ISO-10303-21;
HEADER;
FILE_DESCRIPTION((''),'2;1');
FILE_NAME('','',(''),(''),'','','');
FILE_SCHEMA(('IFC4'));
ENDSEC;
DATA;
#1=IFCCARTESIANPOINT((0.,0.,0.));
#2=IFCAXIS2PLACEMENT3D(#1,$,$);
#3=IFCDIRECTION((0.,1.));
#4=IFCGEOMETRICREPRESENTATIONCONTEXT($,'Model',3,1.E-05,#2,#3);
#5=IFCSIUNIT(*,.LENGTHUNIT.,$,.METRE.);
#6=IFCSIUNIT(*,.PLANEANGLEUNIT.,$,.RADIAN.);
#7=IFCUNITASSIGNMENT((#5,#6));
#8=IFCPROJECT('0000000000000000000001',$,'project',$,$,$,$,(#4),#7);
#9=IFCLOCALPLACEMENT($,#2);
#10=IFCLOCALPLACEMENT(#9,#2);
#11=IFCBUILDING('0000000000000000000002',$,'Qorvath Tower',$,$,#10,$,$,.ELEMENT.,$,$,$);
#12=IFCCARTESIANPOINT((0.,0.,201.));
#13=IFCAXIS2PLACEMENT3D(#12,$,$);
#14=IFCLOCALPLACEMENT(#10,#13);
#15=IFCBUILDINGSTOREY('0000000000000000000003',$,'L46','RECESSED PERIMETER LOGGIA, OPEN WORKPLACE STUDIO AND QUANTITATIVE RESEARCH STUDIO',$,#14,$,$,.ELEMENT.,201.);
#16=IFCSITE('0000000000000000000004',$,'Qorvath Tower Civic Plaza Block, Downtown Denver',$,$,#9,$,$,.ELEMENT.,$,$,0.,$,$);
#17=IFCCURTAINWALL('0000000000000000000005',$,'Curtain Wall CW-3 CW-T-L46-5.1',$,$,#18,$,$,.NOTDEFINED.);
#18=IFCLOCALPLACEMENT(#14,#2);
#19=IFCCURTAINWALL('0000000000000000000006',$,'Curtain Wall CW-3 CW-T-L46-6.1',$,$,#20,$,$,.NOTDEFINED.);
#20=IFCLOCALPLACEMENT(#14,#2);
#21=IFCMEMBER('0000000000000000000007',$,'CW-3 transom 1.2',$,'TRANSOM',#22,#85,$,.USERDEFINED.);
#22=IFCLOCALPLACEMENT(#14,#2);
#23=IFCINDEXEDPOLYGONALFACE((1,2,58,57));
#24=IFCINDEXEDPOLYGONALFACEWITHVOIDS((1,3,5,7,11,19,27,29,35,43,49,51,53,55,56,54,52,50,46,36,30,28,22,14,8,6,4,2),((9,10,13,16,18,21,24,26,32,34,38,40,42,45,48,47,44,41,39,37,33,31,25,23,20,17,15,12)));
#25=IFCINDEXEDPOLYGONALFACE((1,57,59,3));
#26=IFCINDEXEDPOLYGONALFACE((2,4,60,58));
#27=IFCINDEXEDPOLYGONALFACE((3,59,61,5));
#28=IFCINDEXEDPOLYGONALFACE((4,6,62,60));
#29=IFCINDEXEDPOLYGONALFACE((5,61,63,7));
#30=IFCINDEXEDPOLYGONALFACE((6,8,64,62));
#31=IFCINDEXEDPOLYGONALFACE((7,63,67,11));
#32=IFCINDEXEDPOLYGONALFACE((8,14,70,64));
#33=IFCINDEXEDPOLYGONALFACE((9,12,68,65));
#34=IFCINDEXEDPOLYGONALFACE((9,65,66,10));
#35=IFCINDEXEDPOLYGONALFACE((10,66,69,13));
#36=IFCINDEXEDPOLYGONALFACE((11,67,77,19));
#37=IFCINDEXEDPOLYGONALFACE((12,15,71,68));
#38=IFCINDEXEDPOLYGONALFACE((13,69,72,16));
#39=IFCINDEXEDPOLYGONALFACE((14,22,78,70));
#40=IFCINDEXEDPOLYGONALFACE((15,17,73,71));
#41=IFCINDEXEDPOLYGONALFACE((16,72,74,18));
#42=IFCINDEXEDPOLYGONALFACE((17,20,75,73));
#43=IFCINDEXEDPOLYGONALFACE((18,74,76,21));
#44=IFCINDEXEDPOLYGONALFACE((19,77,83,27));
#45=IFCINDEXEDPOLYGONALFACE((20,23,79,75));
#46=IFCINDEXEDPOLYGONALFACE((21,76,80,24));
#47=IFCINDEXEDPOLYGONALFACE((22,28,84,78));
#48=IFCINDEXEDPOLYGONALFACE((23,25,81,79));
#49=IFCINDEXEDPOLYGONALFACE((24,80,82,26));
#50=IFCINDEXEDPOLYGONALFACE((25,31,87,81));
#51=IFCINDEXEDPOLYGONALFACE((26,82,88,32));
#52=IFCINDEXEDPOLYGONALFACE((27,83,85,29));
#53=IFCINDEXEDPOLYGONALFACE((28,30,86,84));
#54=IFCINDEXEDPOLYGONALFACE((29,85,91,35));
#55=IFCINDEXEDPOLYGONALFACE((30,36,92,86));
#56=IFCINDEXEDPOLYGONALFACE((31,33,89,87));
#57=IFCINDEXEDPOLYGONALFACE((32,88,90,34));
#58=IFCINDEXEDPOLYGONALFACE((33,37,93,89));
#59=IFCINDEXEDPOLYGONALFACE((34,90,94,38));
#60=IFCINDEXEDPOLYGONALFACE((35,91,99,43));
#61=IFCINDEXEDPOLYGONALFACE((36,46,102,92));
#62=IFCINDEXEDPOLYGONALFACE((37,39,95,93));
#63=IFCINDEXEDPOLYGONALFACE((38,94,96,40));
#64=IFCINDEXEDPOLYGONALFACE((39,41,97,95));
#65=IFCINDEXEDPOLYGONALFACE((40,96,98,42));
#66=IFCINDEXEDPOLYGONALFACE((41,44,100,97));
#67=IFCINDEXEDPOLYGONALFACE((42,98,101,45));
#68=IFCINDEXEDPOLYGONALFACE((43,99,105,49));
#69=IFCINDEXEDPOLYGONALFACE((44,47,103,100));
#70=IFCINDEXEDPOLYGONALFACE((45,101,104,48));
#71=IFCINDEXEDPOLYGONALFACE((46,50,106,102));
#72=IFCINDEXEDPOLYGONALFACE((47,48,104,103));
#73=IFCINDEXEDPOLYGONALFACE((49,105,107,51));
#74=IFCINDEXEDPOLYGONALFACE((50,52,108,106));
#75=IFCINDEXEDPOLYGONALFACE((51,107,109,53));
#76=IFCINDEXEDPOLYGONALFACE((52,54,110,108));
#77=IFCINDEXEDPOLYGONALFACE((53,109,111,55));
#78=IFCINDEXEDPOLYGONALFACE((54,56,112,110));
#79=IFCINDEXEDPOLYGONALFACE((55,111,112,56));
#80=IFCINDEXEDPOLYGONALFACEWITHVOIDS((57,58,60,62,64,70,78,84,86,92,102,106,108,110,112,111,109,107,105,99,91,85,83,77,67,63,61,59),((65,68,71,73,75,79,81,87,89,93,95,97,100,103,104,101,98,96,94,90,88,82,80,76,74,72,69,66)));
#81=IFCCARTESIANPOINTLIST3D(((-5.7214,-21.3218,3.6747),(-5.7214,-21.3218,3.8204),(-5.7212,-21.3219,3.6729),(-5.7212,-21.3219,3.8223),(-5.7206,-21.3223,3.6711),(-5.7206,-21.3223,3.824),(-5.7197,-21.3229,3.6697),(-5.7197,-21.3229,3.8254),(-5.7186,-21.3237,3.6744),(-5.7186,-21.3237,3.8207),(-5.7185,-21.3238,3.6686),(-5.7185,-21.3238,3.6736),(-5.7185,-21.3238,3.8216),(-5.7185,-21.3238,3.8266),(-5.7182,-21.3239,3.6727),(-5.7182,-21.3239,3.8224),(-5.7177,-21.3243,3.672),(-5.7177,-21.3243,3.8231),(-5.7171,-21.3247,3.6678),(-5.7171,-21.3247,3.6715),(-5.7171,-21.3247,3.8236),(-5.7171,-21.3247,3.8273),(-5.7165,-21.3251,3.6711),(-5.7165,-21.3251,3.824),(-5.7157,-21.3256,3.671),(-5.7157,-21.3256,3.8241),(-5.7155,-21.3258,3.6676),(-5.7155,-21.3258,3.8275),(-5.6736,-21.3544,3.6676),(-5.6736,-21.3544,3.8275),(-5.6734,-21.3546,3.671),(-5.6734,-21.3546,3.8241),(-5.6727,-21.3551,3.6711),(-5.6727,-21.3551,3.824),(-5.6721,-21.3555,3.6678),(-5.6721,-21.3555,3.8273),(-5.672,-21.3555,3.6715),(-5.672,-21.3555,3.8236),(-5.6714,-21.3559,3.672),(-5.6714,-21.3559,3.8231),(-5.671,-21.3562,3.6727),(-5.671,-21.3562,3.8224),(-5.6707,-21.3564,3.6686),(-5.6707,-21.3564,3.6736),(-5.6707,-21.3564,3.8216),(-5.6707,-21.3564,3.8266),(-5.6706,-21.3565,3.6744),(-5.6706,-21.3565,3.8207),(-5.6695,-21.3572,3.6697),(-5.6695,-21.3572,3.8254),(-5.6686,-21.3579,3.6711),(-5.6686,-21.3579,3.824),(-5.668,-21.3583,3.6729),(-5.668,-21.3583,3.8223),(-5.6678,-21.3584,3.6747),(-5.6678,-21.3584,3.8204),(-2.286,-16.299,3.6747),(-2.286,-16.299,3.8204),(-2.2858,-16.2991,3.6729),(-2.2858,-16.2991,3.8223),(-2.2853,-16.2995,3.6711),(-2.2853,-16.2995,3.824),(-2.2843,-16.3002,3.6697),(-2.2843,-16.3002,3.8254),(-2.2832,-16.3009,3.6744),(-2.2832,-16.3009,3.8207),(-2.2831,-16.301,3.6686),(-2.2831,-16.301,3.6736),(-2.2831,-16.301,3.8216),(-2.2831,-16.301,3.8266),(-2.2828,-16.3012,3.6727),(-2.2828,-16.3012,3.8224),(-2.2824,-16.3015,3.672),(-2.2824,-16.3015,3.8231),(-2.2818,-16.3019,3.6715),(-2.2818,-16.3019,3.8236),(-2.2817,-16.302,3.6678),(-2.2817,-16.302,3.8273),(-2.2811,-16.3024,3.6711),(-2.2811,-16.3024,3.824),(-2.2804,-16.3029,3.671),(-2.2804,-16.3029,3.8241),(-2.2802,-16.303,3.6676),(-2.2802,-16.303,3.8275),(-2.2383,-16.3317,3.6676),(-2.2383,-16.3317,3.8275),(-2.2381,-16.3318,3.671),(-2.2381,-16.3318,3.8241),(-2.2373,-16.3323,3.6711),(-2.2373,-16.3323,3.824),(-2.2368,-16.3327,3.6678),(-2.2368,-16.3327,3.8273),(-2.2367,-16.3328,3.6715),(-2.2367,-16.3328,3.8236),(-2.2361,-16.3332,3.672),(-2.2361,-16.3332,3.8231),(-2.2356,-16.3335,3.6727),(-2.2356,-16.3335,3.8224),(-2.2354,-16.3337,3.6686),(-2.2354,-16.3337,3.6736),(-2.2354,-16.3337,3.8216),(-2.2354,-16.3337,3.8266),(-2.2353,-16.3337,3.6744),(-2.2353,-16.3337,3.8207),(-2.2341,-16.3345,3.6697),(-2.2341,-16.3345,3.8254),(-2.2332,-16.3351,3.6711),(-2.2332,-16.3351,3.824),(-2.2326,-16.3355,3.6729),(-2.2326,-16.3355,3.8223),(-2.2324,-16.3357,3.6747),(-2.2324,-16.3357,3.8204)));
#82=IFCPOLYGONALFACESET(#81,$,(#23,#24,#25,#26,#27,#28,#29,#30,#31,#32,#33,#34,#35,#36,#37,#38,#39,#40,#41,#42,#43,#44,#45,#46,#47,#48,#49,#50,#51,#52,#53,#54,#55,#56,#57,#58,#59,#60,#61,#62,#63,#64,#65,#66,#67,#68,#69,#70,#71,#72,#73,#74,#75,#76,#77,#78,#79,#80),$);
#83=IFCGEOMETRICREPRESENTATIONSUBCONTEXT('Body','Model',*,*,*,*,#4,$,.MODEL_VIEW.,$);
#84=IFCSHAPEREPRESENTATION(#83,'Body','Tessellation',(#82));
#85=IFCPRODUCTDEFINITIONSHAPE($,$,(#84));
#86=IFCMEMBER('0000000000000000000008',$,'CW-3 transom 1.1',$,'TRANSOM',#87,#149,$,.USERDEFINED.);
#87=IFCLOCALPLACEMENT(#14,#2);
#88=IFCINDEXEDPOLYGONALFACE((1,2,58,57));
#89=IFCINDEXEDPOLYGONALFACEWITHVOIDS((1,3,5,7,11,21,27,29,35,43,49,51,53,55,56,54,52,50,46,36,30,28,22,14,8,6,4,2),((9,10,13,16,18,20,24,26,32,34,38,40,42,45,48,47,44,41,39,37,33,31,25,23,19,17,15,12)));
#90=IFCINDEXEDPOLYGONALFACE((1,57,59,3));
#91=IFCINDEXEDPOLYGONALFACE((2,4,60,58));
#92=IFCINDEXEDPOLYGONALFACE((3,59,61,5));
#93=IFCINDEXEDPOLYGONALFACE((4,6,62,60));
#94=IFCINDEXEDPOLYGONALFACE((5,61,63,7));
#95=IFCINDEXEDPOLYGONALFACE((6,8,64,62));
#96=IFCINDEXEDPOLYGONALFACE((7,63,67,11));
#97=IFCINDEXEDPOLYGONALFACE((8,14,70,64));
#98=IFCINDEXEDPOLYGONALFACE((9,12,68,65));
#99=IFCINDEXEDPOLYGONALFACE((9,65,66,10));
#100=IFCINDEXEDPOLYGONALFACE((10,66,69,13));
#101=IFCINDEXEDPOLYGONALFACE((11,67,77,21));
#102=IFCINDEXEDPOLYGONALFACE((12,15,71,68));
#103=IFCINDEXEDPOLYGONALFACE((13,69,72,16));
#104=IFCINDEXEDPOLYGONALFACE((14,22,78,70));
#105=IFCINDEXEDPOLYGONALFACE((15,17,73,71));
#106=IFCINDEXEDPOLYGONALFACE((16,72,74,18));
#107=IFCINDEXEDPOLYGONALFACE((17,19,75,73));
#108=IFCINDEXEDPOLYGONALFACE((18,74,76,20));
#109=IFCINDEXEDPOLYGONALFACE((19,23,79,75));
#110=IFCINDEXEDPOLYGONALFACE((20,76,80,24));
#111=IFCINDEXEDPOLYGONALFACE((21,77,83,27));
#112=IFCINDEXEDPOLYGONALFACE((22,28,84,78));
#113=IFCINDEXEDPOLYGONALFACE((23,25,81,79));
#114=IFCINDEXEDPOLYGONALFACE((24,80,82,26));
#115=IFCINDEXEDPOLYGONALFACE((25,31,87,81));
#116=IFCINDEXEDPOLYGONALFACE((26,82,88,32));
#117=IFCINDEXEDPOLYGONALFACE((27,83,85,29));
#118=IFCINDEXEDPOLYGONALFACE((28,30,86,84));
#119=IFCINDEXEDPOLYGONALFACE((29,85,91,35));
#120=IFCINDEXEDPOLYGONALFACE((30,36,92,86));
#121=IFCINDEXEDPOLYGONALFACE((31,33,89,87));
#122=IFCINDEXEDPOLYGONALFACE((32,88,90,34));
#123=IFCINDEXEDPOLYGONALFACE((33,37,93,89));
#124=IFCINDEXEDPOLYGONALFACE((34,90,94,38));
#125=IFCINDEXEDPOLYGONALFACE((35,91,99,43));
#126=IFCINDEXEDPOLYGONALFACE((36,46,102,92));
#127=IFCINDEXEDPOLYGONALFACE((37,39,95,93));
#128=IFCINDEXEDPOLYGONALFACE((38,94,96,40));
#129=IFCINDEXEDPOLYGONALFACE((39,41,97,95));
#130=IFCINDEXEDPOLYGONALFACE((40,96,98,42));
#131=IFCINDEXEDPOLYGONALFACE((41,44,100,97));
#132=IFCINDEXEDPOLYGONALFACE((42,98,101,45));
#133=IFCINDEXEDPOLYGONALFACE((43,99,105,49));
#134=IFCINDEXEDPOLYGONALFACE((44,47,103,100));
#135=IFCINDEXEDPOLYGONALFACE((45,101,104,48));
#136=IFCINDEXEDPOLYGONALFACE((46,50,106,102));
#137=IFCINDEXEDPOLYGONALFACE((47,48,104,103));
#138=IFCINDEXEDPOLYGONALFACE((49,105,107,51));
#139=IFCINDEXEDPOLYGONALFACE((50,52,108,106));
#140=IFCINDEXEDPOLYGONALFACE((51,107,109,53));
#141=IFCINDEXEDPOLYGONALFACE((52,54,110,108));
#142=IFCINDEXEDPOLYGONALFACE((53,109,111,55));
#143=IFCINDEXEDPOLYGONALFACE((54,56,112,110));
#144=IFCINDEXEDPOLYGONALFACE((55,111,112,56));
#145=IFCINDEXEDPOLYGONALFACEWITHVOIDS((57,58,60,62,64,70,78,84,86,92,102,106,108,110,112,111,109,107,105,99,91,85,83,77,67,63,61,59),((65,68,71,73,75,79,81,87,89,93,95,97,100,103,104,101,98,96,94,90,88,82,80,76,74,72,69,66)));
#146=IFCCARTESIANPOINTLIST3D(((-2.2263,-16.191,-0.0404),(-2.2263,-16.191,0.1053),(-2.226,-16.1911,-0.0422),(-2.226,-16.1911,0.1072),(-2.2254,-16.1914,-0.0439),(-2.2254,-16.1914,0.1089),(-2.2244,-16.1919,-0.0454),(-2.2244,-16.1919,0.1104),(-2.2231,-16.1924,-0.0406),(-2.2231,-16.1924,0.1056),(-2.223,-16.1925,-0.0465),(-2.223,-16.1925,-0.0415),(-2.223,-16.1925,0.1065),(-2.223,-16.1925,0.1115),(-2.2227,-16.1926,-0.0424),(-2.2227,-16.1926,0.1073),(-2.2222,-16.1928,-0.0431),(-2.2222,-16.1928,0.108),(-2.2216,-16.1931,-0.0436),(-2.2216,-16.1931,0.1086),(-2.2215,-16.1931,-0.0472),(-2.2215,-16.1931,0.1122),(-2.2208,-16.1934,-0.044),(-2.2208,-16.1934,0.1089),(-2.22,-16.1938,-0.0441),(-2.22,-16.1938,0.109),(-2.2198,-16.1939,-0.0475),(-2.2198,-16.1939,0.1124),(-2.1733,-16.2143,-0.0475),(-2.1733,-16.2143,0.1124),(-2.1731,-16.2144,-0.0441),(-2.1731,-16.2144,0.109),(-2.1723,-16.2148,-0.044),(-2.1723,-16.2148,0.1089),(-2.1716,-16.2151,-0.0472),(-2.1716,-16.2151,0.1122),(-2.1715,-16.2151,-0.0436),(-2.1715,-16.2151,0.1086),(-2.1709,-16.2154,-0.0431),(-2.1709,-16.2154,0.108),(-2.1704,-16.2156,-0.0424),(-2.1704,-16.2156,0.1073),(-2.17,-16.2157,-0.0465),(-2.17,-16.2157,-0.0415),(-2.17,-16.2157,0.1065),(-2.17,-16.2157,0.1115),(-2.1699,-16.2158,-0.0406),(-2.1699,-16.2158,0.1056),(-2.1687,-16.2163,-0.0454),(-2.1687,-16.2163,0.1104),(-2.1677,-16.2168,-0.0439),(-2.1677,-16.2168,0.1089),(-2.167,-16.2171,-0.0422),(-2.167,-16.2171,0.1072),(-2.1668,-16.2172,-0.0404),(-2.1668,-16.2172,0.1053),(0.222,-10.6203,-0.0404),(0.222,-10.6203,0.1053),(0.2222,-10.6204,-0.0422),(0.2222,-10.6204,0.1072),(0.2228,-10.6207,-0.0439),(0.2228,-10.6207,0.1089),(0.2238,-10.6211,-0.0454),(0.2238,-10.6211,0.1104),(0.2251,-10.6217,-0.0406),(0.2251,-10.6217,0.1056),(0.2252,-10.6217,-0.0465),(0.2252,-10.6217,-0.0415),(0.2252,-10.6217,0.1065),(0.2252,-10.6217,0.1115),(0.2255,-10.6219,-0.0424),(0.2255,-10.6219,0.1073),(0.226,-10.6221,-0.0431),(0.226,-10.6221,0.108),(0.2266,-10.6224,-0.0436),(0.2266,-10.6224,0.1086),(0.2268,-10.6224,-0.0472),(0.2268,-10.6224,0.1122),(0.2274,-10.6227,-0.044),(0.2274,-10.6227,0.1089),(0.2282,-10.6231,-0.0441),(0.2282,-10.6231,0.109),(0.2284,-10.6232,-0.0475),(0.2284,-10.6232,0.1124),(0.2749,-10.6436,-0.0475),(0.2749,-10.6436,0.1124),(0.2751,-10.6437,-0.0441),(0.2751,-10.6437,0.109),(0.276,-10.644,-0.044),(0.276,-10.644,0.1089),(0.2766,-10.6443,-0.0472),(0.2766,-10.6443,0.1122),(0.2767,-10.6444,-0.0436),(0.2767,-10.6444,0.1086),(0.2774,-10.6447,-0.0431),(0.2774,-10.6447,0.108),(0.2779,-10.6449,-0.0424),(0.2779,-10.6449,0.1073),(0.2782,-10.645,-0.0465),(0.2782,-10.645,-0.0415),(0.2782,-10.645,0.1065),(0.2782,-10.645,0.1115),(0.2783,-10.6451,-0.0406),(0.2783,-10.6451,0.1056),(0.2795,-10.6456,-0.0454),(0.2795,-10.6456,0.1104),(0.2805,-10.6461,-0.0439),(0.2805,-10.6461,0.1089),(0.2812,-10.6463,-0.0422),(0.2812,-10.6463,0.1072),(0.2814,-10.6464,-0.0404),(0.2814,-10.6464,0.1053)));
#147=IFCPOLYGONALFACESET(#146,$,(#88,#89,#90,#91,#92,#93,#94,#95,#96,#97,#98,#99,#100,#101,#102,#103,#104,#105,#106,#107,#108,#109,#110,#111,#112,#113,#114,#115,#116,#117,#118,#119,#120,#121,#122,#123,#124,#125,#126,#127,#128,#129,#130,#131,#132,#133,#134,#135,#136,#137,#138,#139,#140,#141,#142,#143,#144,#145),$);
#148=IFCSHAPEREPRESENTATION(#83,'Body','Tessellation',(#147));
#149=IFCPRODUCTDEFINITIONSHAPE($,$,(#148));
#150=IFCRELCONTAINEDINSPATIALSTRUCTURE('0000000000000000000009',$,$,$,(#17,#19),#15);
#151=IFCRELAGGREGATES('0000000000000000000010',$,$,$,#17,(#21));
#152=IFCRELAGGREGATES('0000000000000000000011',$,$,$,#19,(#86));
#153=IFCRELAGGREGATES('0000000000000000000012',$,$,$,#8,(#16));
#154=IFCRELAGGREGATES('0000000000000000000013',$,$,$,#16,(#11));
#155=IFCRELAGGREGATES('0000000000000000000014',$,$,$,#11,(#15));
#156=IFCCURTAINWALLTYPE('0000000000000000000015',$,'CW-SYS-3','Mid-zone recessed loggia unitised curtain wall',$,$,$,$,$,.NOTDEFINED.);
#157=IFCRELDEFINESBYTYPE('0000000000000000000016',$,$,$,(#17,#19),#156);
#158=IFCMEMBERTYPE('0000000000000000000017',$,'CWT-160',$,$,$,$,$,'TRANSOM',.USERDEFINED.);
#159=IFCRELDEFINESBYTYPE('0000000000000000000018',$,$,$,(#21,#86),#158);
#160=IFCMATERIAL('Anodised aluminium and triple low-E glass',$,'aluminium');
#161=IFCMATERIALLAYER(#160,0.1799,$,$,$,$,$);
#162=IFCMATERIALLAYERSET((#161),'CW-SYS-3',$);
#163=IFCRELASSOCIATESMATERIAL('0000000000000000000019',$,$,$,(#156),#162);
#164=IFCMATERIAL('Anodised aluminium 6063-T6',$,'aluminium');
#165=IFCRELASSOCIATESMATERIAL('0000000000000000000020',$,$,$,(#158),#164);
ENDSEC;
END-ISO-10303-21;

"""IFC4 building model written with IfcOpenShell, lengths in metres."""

from ifc_helpers import new_model, si_unit, direction, frame, origin, origin_2d, place, context, subcontext, project, spatial, hollow_rectangle, extrude, material, layer, layer_set, material_profile, profile_set, type_object, element, aggregate, save


model = new_model("IFC4")

# Units and contexts
model_context = context("Model", 3, precision=1e-05, world=origin(), true_north=direction((0.0, 1.0)))
body_context = subcontext(model_context, "Body", "Model", "MODEL_VIEW")
ifc_project = project(units=[si_unit("LENGTHUNIT", "METRE"), si_unit("PLANEANGLEUNIT", "RADIAN")], contexts=[model_context])

# Site, building, storey
site_placement = place(None, origin())
site = spatial("IfcSite", under=ifc_project, at=site_placement, Name="Qorvath Tower Civic Plaza Block, Downtown Denver", CompositionType="ELEMENT", RefElevation=0.0)
building_placement = place(site_placement, origin())
building = spatial("IfcBuilding", under=site, at=building_placement, Name="Qorvath Tower", CompositionType="ELEMENT")
storey_placement = place(building_placement, frame((0.0, 0.0, 201.0)))
storey = spatial("IfcBuildingStorey", under=building, at=storey_placement, Name="L46", Description="RECESSED PERIMETER LOGGIA, OPEN WORKPLACE STUDIO AND QUANTITATIVE RESEARCH STUDIO", CompositionType="ELEMENT", Elevation=201.0)

# Curtain walls
ifc_material_1 = material(Name="Anodised aluminium and triple low-E glass", Category="aluminium")
ifc_layer_1 = layer(ifc_material_1, 0.1799)
ifc_layer_set_1 = layer_set([ifc_layer_1], Name="CW-SYS-3")
curtain_wall_type = type_object("IfcCurtainWallType", Name="CW-SYS-3", Description="Mid-zone recessed loggia unitised curtain wall", PredefinedType="NOTDEFINED", material=ifc_layer_set_1)
curtain_wall_1_placement = place(storey_placement, origin())
curtain_wall_1 = element("IfcCurtainWall", 1, at=curtain_wall_1_placement, inside=storey, type_object=curtain_wall_type, Name="Curtain Wall CW-3 CW-T-L46-5.1", PredefinedType="NOTDEFINED")
curtain_wall_2_placement = place(storey_placement, origin())
curtain_wall_2 = element("IfcCurtainWall", 2, at=curtain_wall_2_placement, inside=storey, type_object=curtain_wall_type, Name="Curtain Wall CW-3 CW-T-L46-6.1", PredefinedType="NOTDEFINED")

# Members
ifc_material_2 = material(Name="Anodised aluminium 6063-T6", Category="aluminium")
ifc_material_profile_1 = material_profile(ifc_material_2, hollow_rectangle(XDim=0.0649, YDim=0.1599, WallThickness=0.0034, InnerFilletRadius=0.0034, OuterFilletRadius=0.0071, at=origin_2d()), Name="CWT 160x65")
ifc_profile_set_1 = profile_set([ifc_material_profile_1], Name="Anodised aluminium 6063-T6")
member_type_1 = type_object("IfcMemberType", Name="CWT-160", ElementType="TRANSOM", PredefinedType="USERDEFINED", material=ifc_profile_set_1)
member_1_placement = place(storey_placement, frame((-5.6946, -21.3401, 3.7476), z_axis=(0.56454, 0.825406, 0.0), x_axis=(-0.825406, 0.56454, 0.0)))
member_1 = element("IfcMember", 3, at=member_1_placement, type_object=member_type_1, Name="CW-3 transom 1.2", ObjectType="TRANSOM", PredefinedType="USERDEFINED", context=body_context, shape_type="SweptSolid", body=[
    extrude(hollow_rectangle(XDim=0.0649, YDim=0.1599, WallThickness=0.0034, InnerFilletRadius=0.0034, OuterFilletRadius=0.0071, at=origin_2d()), origin(), (0.0, 0.0, 1.0), 6.0852),
])
member_2_placement = place(storey_placement, frame((-2.1965, -16.2041, 0.0325), z_axis=(0.402338, 0.915491, 0.0), x_axis=(-0.915491, 0.402338, 0.0)))
member_2 = element("IfcMember", 4, at=member_2_placement, type_object=member_type_1, Name="CW-3 transom 1.1", ObjectType="TRANSOM", PredefinedType="USERDEFINED", context=body_context, shape_type="SweptSolid", body=[
    extrude(hollow_rectangle(XDim=0.0649, YDim=0.1599, WallThickness=0.0034, InnerFilletRadius=0.0034, OuterFilletRadius=0.0071, at=origin_2d()), origin(), (0.0, 0.0, 1.0), 6.085),
])

aggregate(curtain_wall_1, [member_1])
aggregate(curtain_wall_2, [member_2])

save(model, "model.ifc")
